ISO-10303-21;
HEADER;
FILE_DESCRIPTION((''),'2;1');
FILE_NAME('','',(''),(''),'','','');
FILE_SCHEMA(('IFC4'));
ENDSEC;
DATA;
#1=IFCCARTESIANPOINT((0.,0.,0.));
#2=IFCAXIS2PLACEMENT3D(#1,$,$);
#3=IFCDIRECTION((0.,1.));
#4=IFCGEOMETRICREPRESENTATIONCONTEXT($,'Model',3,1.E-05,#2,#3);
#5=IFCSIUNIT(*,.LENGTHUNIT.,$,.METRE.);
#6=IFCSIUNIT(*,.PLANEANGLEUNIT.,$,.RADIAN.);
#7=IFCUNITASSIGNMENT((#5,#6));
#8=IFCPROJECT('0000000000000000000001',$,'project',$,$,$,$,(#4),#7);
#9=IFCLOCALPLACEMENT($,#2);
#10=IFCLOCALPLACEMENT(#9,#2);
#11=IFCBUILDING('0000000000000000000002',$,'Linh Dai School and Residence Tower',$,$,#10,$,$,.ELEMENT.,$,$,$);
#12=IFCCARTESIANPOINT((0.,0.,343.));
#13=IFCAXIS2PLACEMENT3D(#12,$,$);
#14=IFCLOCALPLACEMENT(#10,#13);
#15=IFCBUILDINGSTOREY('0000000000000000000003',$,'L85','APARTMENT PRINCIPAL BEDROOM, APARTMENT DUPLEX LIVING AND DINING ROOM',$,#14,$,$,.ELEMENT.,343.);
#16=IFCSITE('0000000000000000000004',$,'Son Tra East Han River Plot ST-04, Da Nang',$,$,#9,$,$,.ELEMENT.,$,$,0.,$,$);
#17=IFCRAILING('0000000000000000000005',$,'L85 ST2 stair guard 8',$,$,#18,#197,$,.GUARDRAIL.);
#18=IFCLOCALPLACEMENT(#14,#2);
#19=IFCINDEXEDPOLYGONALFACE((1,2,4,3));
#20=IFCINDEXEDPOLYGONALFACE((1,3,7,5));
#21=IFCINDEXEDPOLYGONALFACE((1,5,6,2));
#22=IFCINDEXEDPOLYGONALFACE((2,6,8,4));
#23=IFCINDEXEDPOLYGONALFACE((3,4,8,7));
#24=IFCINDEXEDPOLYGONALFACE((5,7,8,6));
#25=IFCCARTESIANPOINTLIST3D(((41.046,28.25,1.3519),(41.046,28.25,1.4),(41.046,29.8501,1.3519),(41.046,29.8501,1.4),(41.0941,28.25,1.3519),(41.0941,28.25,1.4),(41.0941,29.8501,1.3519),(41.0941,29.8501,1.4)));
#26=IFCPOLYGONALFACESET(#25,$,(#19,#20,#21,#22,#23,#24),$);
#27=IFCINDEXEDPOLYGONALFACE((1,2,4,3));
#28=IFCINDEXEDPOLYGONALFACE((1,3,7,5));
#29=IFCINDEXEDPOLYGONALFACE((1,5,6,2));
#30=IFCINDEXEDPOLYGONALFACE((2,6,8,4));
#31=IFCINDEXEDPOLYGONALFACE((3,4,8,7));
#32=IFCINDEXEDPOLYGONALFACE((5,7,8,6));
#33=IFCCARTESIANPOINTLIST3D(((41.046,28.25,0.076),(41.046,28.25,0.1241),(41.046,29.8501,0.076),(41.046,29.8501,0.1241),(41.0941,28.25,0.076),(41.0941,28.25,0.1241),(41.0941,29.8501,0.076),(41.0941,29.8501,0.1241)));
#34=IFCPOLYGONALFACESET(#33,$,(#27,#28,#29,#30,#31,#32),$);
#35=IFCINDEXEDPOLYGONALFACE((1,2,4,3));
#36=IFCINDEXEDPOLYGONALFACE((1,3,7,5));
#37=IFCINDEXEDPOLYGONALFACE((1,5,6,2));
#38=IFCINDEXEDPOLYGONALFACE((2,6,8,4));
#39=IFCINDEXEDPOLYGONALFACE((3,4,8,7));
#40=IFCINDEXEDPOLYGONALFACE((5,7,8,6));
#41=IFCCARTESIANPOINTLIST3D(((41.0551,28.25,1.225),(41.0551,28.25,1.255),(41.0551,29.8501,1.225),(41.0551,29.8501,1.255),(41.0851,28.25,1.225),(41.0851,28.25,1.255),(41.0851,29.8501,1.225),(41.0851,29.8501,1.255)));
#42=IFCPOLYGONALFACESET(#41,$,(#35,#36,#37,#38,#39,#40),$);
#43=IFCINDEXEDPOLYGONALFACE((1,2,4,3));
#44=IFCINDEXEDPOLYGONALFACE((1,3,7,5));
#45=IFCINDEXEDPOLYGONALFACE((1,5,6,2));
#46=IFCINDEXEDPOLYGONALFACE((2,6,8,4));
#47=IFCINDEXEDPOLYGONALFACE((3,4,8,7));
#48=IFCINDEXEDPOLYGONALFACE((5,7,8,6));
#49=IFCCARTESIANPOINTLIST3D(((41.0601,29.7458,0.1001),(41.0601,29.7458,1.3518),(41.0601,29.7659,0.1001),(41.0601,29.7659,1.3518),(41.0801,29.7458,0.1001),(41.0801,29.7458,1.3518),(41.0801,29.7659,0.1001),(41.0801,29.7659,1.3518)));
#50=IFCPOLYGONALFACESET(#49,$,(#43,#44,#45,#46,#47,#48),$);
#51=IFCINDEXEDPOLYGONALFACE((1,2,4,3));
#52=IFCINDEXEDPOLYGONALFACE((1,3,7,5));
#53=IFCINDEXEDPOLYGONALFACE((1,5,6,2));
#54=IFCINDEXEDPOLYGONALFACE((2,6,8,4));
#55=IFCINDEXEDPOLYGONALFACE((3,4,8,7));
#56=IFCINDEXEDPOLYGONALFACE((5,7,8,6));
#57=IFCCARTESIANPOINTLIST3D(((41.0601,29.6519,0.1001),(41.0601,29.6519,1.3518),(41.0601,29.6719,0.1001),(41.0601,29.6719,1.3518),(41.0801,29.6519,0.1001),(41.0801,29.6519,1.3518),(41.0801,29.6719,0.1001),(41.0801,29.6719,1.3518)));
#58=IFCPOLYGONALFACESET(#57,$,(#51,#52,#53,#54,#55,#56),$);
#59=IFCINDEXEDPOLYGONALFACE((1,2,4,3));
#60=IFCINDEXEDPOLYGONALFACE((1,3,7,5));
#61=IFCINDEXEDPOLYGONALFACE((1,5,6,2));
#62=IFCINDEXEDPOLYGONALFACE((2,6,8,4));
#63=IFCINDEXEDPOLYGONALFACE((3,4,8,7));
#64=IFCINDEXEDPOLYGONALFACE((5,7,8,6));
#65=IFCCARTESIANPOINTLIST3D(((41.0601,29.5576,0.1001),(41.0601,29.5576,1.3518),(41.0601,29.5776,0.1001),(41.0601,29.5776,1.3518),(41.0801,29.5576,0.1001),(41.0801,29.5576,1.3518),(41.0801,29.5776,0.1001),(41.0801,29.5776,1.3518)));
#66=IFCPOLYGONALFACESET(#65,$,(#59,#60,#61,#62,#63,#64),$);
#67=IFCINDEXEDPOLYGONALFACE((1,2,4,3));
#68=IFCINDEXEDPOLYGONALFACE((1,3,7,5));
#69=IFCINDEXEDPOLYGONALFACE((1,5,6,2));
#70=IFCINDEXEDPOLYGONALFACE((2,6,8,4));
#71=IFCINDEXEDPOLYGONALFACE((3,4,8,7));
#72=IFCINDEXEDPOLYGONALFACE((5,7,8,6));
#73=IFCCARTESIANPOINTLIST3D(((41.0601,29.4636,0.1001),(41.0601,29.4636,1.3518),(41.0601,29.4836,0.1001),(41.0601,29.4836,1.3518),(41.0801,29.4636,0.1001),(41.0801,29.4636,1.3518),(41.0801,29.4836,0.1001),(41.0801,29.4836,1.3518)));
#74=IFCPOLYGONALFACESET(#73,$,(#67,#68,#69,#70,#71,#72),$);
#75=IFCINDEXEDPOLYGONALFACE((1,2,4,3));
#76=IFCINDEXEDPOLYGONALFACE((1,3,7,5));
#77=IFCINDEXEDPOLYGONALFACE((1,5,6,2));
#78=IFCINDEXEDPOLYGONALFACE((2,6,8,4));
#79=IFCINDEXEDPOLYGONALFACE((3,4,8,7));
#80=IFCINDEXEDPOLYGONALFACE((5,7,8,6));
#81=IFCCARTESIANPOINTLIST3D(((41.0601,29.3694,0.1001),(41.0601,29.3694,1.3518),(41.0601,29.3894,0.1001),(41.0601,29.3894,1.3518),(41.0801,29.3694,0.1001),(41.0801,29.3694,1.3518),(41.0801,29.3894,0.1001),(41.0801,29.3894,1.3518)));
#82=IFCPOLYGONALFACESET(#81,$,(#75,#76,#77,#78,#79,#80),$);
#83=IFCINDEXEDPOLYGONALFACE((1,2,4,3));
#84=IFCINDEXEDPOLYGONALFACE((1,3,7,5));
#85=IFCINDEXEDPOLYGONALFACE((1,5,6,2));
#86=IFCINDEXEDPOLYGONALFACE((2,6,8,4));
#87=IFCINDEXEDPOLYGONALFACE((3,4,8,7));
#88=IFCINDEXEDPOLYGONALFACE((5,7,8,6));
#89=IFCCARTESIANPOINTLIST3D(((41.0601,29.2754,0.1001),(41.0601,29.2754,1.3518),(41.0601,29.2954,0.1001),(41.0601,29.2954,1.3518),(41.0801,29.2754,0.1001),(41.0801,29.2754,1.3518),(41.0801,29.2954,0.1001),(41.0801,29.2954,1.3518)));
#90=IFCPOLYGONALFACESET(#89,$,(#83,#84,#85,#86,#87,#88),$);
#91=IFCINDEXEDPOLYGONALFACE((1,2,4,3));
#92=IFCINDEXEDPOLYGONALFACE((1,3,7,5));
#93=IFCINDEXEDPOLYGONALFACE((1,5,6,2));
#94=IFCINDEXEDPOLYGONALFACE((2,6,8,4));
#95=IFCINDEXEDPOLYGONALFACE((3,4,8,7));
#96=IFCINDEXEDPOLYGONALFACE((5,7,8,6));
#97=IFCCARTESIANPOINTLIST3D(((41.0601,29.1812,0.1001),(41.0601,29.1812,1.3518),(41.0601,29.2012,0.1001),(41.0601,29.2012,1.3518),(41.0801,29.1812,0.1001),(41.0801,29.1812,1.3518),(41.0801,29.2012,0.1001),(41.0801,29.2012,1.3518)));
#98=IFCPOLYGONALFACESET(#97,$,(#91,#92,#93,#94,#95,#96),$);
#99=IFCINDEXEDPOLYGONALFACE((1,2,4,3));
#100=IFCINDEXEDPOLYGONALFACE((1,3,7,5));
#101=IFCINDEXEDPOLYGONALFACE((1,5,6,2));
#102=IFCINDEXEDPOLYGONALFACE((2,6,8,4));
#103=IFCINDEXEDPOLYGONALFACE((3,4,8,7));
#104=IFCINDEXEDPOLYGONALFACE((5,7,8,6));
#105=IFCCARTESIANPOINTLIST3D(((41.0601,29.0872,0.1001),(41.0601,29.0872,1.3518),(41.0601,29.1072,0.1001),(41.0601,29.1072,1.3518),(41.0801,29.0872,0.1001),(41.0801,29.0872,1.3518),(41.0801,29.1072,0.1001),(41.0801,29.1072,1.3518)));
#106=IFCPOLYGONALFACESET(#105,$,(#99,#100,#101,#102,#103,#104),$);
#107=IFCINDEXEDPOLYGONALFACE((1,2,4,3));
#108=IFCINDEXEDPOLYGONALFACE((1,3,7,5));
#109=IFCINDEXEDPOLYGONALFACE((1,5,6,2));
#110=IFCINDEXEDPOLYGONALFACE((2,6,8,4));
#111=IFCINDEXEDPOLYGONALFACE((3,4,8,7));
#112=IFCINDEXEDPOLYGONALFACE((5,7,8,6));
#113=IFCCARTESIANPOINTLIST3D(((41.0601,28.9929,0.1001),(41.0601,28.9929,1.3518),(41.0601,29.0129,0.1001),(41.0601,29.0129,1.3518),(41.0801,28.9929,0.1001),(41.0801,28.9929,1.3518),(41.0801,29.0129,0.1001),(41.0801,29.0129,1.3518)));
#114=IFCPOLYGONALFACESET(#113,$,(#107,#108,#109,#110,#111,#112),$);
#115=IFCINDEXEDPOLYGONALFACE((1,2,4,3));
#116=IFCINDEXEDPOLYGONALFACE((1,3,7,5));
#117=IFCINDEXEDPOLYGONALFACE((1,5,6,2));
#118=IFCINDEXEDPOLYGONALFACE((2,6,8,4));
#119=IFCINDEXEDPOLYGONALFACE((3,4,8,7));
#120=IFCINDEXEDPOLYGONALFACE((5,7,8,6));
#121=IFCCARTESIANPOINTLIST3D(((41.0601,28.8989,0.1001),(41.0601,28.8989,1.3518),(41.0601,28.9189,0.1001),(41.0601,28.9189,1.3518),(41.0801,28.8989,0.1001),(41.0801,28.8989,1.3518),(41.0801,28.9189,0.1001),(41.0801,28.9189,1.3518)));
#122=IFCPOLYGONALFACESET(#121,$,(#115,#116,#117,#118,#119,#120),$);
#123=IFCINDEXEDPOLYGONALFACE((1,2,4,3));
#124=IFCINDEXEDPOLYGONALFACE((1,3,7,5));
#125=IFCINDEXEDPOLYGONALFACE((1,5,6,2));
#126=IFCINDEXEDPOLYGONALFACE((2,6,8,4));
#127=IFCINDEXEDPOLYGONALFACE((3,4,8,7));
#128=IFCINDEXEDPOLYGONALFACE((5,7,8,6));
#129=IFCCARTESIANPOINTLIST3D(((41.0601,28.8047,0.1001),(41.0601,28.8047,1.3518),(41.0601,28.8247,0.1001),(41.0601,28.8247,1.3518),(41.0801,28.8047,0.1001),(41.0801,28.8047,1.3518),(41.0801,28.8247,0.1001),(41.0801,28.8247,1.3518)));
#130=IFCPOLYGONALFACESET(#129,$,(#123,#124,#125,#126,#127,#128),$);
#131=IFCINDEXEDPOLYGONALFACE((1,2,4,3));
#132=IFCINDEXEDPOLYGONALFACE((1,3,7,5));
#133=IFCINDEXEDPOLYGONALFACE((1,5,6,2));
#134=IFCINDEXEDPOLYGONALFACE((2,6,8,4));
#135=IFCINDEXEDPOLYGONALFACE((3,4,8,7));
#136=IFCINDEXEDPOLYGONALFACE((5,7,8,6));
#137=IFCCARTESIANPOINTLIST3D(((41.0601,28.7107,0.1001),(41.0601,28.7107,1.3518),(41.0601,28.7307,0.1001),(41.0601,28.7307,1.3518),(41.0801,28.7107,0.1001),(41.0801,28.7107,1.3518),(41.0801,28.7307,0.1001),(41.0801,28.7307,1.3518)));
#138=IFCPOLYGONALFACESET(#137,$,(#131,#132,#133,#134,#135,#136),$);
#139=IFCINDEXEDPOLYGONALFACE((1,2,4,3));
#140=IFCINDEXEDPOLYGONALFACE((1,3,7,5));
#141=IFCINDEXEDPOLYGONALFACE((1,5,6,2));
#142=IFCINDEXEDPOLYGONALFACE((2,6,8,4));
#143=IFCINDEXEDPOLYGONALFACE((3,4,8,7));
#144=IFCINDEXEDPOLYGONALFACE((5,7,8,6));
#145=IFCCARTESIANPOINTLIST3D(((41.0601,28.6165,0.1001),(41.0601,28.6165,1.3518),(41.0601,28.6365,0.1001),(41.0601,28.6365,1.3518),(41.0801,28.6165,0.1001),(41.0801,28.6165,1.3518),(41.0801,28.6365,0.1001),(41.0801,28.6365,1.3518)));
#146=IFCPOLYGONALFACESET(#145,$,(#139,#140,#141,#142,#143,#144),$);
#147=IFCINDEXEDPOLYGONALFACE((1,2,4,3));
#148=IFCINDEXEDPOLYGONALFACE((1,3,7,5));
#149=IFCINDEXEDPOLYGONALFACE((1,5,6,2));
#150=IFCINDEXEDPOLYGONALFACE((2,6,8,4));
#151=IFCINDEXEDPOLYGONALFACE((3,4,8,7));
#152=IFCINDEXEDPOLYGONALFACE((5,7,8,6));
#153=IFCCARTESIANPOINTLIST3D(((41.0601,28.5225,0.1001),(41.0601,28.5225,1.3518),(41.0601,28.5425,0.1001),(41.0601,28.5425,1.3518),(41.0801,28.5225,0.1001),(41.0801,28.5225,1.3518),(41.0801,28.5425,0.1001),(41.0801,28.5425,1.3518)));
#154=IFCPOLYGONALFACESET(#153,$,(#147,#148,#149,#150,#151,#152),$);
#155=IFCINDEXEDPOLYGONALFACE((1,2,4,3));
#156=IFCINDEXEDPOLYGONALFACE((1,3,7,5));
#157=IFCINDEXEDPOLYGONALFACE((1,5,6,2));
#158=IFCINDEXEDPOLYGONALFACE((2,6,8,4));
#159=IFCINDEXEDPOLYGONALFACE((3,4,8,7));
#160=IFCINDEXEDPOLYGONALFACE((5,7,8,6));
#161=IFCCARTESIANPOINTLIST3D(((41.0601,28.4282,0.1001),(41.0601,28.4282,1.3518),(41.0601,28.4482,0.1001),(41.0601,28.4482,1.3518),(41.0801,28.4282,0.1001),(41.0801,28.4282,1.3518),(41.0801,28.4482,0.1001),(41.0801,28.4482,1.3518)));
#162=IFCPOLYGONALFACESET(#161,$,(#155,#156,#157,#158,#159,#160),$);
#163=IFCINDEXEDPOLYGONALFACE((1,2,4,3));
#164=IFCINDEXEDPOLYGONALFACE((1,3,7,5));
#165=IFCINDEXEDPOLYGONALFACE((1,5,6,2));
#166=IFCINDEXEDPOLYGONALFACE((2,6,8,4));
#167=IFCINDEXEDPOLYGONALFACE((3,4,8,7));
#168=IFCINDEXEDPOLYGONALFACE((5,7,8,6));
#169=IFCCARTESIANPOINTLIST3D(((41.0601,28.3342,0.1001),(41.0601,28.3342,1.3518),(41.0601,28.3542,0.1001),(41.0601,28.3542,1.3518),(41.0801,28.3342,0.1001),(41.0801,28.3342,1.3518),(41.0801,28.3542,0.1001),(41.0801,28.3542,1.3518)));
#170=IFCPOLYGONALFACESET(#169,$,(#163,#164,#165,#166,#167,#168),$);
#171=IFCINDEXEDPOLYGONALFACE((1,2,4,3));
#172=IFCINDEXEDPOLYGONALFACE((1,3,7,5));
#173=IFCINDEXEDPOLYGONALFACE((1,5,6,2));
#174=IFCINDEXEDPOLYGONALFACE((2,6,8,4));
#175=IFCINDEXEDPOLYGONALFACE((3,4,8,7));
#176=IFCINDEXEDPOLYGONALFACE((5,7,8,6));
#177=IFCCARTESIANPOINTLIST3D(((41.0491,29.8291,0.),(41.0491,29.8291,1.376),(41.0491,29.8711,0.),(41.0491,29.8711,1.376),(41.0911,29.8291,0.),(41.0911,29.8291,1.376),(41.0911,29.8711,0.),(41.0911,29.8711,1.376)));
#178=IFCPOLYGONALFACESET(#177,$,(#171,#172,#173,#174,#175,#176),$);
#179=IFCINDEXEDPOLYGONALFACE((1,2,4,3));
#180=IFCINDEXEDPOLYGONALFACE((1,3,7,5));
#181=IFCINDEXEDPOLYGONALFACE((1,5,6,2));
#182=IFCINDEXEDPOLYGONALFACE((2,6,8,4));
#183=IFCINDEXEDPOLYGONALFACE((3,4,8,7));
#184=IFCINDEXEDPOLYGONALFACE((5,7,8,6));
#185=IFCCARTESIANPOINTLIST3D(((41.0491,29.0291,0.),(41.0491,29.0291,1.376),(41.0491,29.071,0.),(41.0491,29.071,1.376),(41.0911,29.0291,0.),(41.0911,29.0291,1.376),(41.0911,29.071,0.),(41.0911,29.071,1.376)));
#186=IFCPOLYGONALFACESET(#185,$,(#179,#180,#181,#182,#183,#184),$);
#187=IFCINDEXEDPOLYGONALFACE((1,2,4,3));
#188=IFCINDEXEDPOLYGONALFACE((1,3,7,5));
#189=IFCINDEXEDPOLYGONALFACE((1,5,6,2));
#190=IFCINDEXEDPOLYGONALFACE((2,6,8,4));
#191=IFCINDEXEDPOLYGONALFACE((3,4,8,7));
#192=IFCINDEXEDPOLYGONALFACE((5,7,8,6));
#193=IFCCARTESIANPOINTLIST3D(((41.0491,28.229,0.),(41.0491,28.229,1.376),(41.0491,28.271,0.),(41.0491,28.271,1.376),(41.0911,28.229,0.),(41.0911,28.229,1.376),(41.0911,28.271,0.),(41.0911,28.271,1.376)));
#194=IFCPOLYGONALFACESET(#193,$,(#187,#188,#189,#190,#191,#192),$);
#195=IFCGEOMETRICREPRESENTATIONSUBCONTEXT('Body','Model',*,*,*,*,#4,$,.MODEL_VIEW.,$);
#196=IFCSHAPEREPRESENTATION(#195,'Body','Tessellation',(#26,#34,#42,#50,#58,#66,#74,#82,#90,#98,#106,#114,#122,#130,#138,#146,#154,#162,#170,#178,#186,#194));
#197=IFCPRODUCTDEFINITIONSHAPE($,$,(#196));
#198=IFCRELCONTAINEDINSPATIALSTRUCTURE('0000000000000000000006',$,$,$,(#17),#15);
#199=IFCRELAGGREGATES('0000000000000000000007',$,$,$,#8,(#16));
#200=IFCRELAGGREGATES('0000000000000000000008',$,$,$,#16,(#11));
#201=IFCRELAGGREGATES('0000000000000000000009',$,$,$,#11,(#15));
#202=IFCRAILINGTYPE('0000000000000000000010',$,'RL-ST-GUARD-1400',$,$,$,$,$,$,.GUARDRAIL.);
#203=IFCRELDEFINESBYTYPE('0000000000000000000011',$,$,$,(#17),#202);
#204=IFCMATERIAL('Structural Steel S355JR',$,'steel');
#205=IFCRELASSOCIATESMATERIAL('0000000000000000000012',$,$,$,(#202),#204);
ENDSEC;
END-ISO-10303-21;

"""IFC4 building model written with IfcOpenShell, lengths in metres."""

from ifc_helpers import new_model, si_unit, direction, frame, origin, origin_2d, place, context, subcontext, project, spatial, rectangle, extrude, source, transform, mapped, material, type_object, element, save


model = new_model("IFC4")

# Units and contexts
model_context = context("Model", 3, precision=1e-05, world=origin(), true_north=direction((0.0, 1.0)))
body_context = subcontext(model_context, "Body", "Model", "MODEL_VIEW")
ifc_project = project(units=[si_unit("LENGTHUNIT", "METRE"), si_unit("PLANEANGLEUNIT", "RADIAN")], contexts=[model_context])

# Site, building, storey
site_placement = place(None, origin())
site = spatial("IfcSite", under=ifc_project, at=site_placement, Name="Son Tra East Han River Plot ST-04, Da Nang", CompositionType="ELEMENT", RefElevation=0.0)
building_placement = place(site_placement, origin())
building = spatial("IfcBuilding", under=site, at=building_placement, Name="Linh Dai School and Residence Tower", CompositionType="ELEMENT")
storey_placement = place(building_placement, frame((0.0, 0.0, 343.0)))
storey = spatial("IfcBuildingStorey", under=building, at=storey_placement, Name="L85", Description="APARTMENT PRINCIPAL BEDROOM, APARTMENT DUPLEX LIVING AND DINING ROOM", CompositionType="ELEMENT", Elevation=343.0)

# Shared definitions
ifc_material_1 = material(Name="Structural Steel S355JR", Category="steel")

# Railing
railing_type_1 = type_object("IfcRailingType", Name="RL-ST-GUARD-1400", PredefinedType="GUARDRAIL", material=ifc_material_1)
shared_shape_1 = source(origin(), body_context, "Body", "SweptSolid", [
    extrude(rectangle(XDim=0.0481, YDim=0.0481, at=origin_2d()), frame((0.0, 0.0, 1.376), z_axis=(0.0, -1.0, 0.0), x_axis=(1.0, 0.0, 0.0)), (0.0, 0.0, 1.0), 1.6001),
    extrude(rectangle(XDim=0.0481, YDim=0.0481, at=origin_2d()), frame((0.0, 0.0, 0.1001), z_axis=(0.0, -1.0, 0.0), x_axis=(1.0, 0.0, 0.0)), (0.0, 0.0, 1.0), 1.6001),
    extrude(rectangle(XDim=0.03, YDim=0.03, at=origin_2d()), frame((0.0, 0.0, 1.24), z_axis=(0.0, -1.0, 0.0), x_axis=(1.0, 0.0, 0.0)), (0.0, 0.0, 1.0), 1.6001),
    extrude(rectangle(XDim=0.02, YDim=0.02, at=origin_2d()), frame((0.0, -0.0942, 0.1001)), (0.0, 0.0, 1.0), 1.2517),
    extrude(rectangle(XDim=0.02, YDim=0.02, at=origin_2d()), frame((0.0, -0.1882, 0.1001)), (0.0, 0.0, 1.0), 1.2517),
    extrude(rectangle(XDim=0.02, YDim=0.02, at=origin_2d()), frame((0.0, -0.2825, 0.1001)), (0.0, 0.0, 1.0), 1.2517),
    extrude(rectangle(XDim=0.02, YDim=0.02, at=origin_2d()), frame((0.0, -0.3765, 0.1001)), (0.0, 0.0, 1.0), 1.2517),
    extrude(rectangle(XDim=0.02, YDim=0.02, at=origin_2d()), frame((0.0, -0.4707, 0.1001)), (0.0, 0.0, 1.0), 1.2517),
    extrude(rectangle(XDim=0.02, YDim=0.02, at=origin_2d()), frame((0.0, -0.5647, 0.1001)), (0.0, 0.0, 1.0), 1.2517),
    extrude(rectangle(XDim=0.02, YDim=0.02, at=origin_2d()), frame((0.0, -0.6589, 0.1001)), (0.0, 0.0, 1.0), 1.2517),
    extrude(rectangle(XDim=0.02, YDim=0.02, at=origin_2d()), frame((0.0, -0.7529, 0.1001)), (0.0, 0.0, 1.0), 1.2517),
    extrude(rectangle(XDim=0.02, YDim=0.02, at=origin_2d()), frame((0.0, -0.8472, 0.1001)), (0.0, 0.0, 1.0), 1.2517),
    extrude(rectangle(XDim=0.02, YDim=0.02, at=origin_2d()), frame((0.0, -0.9412, 0.1001)), (0.0, 0.0, 1.0), 1.2517),
    extrude(rectangle(XDim=0.02, YDim=0.02, at=origin_2d()), frame((0.0, -1.0354, 0.1001)), (0.0, 0.0, 1.0), 1.2517),
    extrude(rectangle(XDim=0.02, YDim=0.02, at=origin_2d()), frame((0.0, -1.1294, 0.1001)), (0.0, 0.0, 1.0), 1.2517),
    extrude(rectangle(XDim=0.02, YDim=0.02, at=origin_2d()), frame((0.0, -1.2236, 0.1001)), (0.0, 0.0, 1.0), 1.2517),
    extrude(rectangle(XDim=0.02, YDim=0.02, at=origin_2d()), frame((0.0, -1.3176, 0.1001)), (0.0, 0.0, 1.0), 1.2517),
    extrude(rectangle(XDim=0.02, YDim=0.02, at=origin_2d()), frame((0.0, -1.4119, 0.1001)), (0.0, 0.0, 1.0), 1.2517),
    extrude(rectangle(XDim=0.02, YDim=0.02, at=origin_2d()), frame((0.0, -1.5059, 0.1001)), (0.0, 0.0, 1.0), 1.2517),
    extrude(rectangle(XDim=0.042, YDim=0.042, at=origin_2d()), origin(), (0.0, 0.0, 1.0), 1.376),
    extrude(rectangle(XDim=0.042, YDim=0.042, at=origin_2d()), frame((0.0, -0.8, 0.0)), (0.0, 0.0, 1.0), 1.376),
    extrude(rectangle(XDim=0.042, YDim=0.042, at=origin_2d()), frame((0.0, -1.6001, 0.0)), (0.0, 0.0, 1.0), 1.376),
])
for number, where, name in (
    (1, (41.0701, 29.8501, 0.0), "L85 ST2 stair guard 8"),
):
    element("IfcRailing", number, at=place(storey_placement, frame(where)), inside=storey, type_object=railing_type_1, Name=name, PredefinedType="GUARDRAIL", context=body_context, shape_type="MappedRepresentation", body=[
        mapped(shared_shape_1, transform((0.0, 0.0, 0.0), x_axis=(1.0, 0.0, 0.0), y_axis=(0.0, 1.0, 0.0), z_axis=(0.0, 0.0, 1.0), scale=1.0)),
    ])

save(model, "model.ifc")
